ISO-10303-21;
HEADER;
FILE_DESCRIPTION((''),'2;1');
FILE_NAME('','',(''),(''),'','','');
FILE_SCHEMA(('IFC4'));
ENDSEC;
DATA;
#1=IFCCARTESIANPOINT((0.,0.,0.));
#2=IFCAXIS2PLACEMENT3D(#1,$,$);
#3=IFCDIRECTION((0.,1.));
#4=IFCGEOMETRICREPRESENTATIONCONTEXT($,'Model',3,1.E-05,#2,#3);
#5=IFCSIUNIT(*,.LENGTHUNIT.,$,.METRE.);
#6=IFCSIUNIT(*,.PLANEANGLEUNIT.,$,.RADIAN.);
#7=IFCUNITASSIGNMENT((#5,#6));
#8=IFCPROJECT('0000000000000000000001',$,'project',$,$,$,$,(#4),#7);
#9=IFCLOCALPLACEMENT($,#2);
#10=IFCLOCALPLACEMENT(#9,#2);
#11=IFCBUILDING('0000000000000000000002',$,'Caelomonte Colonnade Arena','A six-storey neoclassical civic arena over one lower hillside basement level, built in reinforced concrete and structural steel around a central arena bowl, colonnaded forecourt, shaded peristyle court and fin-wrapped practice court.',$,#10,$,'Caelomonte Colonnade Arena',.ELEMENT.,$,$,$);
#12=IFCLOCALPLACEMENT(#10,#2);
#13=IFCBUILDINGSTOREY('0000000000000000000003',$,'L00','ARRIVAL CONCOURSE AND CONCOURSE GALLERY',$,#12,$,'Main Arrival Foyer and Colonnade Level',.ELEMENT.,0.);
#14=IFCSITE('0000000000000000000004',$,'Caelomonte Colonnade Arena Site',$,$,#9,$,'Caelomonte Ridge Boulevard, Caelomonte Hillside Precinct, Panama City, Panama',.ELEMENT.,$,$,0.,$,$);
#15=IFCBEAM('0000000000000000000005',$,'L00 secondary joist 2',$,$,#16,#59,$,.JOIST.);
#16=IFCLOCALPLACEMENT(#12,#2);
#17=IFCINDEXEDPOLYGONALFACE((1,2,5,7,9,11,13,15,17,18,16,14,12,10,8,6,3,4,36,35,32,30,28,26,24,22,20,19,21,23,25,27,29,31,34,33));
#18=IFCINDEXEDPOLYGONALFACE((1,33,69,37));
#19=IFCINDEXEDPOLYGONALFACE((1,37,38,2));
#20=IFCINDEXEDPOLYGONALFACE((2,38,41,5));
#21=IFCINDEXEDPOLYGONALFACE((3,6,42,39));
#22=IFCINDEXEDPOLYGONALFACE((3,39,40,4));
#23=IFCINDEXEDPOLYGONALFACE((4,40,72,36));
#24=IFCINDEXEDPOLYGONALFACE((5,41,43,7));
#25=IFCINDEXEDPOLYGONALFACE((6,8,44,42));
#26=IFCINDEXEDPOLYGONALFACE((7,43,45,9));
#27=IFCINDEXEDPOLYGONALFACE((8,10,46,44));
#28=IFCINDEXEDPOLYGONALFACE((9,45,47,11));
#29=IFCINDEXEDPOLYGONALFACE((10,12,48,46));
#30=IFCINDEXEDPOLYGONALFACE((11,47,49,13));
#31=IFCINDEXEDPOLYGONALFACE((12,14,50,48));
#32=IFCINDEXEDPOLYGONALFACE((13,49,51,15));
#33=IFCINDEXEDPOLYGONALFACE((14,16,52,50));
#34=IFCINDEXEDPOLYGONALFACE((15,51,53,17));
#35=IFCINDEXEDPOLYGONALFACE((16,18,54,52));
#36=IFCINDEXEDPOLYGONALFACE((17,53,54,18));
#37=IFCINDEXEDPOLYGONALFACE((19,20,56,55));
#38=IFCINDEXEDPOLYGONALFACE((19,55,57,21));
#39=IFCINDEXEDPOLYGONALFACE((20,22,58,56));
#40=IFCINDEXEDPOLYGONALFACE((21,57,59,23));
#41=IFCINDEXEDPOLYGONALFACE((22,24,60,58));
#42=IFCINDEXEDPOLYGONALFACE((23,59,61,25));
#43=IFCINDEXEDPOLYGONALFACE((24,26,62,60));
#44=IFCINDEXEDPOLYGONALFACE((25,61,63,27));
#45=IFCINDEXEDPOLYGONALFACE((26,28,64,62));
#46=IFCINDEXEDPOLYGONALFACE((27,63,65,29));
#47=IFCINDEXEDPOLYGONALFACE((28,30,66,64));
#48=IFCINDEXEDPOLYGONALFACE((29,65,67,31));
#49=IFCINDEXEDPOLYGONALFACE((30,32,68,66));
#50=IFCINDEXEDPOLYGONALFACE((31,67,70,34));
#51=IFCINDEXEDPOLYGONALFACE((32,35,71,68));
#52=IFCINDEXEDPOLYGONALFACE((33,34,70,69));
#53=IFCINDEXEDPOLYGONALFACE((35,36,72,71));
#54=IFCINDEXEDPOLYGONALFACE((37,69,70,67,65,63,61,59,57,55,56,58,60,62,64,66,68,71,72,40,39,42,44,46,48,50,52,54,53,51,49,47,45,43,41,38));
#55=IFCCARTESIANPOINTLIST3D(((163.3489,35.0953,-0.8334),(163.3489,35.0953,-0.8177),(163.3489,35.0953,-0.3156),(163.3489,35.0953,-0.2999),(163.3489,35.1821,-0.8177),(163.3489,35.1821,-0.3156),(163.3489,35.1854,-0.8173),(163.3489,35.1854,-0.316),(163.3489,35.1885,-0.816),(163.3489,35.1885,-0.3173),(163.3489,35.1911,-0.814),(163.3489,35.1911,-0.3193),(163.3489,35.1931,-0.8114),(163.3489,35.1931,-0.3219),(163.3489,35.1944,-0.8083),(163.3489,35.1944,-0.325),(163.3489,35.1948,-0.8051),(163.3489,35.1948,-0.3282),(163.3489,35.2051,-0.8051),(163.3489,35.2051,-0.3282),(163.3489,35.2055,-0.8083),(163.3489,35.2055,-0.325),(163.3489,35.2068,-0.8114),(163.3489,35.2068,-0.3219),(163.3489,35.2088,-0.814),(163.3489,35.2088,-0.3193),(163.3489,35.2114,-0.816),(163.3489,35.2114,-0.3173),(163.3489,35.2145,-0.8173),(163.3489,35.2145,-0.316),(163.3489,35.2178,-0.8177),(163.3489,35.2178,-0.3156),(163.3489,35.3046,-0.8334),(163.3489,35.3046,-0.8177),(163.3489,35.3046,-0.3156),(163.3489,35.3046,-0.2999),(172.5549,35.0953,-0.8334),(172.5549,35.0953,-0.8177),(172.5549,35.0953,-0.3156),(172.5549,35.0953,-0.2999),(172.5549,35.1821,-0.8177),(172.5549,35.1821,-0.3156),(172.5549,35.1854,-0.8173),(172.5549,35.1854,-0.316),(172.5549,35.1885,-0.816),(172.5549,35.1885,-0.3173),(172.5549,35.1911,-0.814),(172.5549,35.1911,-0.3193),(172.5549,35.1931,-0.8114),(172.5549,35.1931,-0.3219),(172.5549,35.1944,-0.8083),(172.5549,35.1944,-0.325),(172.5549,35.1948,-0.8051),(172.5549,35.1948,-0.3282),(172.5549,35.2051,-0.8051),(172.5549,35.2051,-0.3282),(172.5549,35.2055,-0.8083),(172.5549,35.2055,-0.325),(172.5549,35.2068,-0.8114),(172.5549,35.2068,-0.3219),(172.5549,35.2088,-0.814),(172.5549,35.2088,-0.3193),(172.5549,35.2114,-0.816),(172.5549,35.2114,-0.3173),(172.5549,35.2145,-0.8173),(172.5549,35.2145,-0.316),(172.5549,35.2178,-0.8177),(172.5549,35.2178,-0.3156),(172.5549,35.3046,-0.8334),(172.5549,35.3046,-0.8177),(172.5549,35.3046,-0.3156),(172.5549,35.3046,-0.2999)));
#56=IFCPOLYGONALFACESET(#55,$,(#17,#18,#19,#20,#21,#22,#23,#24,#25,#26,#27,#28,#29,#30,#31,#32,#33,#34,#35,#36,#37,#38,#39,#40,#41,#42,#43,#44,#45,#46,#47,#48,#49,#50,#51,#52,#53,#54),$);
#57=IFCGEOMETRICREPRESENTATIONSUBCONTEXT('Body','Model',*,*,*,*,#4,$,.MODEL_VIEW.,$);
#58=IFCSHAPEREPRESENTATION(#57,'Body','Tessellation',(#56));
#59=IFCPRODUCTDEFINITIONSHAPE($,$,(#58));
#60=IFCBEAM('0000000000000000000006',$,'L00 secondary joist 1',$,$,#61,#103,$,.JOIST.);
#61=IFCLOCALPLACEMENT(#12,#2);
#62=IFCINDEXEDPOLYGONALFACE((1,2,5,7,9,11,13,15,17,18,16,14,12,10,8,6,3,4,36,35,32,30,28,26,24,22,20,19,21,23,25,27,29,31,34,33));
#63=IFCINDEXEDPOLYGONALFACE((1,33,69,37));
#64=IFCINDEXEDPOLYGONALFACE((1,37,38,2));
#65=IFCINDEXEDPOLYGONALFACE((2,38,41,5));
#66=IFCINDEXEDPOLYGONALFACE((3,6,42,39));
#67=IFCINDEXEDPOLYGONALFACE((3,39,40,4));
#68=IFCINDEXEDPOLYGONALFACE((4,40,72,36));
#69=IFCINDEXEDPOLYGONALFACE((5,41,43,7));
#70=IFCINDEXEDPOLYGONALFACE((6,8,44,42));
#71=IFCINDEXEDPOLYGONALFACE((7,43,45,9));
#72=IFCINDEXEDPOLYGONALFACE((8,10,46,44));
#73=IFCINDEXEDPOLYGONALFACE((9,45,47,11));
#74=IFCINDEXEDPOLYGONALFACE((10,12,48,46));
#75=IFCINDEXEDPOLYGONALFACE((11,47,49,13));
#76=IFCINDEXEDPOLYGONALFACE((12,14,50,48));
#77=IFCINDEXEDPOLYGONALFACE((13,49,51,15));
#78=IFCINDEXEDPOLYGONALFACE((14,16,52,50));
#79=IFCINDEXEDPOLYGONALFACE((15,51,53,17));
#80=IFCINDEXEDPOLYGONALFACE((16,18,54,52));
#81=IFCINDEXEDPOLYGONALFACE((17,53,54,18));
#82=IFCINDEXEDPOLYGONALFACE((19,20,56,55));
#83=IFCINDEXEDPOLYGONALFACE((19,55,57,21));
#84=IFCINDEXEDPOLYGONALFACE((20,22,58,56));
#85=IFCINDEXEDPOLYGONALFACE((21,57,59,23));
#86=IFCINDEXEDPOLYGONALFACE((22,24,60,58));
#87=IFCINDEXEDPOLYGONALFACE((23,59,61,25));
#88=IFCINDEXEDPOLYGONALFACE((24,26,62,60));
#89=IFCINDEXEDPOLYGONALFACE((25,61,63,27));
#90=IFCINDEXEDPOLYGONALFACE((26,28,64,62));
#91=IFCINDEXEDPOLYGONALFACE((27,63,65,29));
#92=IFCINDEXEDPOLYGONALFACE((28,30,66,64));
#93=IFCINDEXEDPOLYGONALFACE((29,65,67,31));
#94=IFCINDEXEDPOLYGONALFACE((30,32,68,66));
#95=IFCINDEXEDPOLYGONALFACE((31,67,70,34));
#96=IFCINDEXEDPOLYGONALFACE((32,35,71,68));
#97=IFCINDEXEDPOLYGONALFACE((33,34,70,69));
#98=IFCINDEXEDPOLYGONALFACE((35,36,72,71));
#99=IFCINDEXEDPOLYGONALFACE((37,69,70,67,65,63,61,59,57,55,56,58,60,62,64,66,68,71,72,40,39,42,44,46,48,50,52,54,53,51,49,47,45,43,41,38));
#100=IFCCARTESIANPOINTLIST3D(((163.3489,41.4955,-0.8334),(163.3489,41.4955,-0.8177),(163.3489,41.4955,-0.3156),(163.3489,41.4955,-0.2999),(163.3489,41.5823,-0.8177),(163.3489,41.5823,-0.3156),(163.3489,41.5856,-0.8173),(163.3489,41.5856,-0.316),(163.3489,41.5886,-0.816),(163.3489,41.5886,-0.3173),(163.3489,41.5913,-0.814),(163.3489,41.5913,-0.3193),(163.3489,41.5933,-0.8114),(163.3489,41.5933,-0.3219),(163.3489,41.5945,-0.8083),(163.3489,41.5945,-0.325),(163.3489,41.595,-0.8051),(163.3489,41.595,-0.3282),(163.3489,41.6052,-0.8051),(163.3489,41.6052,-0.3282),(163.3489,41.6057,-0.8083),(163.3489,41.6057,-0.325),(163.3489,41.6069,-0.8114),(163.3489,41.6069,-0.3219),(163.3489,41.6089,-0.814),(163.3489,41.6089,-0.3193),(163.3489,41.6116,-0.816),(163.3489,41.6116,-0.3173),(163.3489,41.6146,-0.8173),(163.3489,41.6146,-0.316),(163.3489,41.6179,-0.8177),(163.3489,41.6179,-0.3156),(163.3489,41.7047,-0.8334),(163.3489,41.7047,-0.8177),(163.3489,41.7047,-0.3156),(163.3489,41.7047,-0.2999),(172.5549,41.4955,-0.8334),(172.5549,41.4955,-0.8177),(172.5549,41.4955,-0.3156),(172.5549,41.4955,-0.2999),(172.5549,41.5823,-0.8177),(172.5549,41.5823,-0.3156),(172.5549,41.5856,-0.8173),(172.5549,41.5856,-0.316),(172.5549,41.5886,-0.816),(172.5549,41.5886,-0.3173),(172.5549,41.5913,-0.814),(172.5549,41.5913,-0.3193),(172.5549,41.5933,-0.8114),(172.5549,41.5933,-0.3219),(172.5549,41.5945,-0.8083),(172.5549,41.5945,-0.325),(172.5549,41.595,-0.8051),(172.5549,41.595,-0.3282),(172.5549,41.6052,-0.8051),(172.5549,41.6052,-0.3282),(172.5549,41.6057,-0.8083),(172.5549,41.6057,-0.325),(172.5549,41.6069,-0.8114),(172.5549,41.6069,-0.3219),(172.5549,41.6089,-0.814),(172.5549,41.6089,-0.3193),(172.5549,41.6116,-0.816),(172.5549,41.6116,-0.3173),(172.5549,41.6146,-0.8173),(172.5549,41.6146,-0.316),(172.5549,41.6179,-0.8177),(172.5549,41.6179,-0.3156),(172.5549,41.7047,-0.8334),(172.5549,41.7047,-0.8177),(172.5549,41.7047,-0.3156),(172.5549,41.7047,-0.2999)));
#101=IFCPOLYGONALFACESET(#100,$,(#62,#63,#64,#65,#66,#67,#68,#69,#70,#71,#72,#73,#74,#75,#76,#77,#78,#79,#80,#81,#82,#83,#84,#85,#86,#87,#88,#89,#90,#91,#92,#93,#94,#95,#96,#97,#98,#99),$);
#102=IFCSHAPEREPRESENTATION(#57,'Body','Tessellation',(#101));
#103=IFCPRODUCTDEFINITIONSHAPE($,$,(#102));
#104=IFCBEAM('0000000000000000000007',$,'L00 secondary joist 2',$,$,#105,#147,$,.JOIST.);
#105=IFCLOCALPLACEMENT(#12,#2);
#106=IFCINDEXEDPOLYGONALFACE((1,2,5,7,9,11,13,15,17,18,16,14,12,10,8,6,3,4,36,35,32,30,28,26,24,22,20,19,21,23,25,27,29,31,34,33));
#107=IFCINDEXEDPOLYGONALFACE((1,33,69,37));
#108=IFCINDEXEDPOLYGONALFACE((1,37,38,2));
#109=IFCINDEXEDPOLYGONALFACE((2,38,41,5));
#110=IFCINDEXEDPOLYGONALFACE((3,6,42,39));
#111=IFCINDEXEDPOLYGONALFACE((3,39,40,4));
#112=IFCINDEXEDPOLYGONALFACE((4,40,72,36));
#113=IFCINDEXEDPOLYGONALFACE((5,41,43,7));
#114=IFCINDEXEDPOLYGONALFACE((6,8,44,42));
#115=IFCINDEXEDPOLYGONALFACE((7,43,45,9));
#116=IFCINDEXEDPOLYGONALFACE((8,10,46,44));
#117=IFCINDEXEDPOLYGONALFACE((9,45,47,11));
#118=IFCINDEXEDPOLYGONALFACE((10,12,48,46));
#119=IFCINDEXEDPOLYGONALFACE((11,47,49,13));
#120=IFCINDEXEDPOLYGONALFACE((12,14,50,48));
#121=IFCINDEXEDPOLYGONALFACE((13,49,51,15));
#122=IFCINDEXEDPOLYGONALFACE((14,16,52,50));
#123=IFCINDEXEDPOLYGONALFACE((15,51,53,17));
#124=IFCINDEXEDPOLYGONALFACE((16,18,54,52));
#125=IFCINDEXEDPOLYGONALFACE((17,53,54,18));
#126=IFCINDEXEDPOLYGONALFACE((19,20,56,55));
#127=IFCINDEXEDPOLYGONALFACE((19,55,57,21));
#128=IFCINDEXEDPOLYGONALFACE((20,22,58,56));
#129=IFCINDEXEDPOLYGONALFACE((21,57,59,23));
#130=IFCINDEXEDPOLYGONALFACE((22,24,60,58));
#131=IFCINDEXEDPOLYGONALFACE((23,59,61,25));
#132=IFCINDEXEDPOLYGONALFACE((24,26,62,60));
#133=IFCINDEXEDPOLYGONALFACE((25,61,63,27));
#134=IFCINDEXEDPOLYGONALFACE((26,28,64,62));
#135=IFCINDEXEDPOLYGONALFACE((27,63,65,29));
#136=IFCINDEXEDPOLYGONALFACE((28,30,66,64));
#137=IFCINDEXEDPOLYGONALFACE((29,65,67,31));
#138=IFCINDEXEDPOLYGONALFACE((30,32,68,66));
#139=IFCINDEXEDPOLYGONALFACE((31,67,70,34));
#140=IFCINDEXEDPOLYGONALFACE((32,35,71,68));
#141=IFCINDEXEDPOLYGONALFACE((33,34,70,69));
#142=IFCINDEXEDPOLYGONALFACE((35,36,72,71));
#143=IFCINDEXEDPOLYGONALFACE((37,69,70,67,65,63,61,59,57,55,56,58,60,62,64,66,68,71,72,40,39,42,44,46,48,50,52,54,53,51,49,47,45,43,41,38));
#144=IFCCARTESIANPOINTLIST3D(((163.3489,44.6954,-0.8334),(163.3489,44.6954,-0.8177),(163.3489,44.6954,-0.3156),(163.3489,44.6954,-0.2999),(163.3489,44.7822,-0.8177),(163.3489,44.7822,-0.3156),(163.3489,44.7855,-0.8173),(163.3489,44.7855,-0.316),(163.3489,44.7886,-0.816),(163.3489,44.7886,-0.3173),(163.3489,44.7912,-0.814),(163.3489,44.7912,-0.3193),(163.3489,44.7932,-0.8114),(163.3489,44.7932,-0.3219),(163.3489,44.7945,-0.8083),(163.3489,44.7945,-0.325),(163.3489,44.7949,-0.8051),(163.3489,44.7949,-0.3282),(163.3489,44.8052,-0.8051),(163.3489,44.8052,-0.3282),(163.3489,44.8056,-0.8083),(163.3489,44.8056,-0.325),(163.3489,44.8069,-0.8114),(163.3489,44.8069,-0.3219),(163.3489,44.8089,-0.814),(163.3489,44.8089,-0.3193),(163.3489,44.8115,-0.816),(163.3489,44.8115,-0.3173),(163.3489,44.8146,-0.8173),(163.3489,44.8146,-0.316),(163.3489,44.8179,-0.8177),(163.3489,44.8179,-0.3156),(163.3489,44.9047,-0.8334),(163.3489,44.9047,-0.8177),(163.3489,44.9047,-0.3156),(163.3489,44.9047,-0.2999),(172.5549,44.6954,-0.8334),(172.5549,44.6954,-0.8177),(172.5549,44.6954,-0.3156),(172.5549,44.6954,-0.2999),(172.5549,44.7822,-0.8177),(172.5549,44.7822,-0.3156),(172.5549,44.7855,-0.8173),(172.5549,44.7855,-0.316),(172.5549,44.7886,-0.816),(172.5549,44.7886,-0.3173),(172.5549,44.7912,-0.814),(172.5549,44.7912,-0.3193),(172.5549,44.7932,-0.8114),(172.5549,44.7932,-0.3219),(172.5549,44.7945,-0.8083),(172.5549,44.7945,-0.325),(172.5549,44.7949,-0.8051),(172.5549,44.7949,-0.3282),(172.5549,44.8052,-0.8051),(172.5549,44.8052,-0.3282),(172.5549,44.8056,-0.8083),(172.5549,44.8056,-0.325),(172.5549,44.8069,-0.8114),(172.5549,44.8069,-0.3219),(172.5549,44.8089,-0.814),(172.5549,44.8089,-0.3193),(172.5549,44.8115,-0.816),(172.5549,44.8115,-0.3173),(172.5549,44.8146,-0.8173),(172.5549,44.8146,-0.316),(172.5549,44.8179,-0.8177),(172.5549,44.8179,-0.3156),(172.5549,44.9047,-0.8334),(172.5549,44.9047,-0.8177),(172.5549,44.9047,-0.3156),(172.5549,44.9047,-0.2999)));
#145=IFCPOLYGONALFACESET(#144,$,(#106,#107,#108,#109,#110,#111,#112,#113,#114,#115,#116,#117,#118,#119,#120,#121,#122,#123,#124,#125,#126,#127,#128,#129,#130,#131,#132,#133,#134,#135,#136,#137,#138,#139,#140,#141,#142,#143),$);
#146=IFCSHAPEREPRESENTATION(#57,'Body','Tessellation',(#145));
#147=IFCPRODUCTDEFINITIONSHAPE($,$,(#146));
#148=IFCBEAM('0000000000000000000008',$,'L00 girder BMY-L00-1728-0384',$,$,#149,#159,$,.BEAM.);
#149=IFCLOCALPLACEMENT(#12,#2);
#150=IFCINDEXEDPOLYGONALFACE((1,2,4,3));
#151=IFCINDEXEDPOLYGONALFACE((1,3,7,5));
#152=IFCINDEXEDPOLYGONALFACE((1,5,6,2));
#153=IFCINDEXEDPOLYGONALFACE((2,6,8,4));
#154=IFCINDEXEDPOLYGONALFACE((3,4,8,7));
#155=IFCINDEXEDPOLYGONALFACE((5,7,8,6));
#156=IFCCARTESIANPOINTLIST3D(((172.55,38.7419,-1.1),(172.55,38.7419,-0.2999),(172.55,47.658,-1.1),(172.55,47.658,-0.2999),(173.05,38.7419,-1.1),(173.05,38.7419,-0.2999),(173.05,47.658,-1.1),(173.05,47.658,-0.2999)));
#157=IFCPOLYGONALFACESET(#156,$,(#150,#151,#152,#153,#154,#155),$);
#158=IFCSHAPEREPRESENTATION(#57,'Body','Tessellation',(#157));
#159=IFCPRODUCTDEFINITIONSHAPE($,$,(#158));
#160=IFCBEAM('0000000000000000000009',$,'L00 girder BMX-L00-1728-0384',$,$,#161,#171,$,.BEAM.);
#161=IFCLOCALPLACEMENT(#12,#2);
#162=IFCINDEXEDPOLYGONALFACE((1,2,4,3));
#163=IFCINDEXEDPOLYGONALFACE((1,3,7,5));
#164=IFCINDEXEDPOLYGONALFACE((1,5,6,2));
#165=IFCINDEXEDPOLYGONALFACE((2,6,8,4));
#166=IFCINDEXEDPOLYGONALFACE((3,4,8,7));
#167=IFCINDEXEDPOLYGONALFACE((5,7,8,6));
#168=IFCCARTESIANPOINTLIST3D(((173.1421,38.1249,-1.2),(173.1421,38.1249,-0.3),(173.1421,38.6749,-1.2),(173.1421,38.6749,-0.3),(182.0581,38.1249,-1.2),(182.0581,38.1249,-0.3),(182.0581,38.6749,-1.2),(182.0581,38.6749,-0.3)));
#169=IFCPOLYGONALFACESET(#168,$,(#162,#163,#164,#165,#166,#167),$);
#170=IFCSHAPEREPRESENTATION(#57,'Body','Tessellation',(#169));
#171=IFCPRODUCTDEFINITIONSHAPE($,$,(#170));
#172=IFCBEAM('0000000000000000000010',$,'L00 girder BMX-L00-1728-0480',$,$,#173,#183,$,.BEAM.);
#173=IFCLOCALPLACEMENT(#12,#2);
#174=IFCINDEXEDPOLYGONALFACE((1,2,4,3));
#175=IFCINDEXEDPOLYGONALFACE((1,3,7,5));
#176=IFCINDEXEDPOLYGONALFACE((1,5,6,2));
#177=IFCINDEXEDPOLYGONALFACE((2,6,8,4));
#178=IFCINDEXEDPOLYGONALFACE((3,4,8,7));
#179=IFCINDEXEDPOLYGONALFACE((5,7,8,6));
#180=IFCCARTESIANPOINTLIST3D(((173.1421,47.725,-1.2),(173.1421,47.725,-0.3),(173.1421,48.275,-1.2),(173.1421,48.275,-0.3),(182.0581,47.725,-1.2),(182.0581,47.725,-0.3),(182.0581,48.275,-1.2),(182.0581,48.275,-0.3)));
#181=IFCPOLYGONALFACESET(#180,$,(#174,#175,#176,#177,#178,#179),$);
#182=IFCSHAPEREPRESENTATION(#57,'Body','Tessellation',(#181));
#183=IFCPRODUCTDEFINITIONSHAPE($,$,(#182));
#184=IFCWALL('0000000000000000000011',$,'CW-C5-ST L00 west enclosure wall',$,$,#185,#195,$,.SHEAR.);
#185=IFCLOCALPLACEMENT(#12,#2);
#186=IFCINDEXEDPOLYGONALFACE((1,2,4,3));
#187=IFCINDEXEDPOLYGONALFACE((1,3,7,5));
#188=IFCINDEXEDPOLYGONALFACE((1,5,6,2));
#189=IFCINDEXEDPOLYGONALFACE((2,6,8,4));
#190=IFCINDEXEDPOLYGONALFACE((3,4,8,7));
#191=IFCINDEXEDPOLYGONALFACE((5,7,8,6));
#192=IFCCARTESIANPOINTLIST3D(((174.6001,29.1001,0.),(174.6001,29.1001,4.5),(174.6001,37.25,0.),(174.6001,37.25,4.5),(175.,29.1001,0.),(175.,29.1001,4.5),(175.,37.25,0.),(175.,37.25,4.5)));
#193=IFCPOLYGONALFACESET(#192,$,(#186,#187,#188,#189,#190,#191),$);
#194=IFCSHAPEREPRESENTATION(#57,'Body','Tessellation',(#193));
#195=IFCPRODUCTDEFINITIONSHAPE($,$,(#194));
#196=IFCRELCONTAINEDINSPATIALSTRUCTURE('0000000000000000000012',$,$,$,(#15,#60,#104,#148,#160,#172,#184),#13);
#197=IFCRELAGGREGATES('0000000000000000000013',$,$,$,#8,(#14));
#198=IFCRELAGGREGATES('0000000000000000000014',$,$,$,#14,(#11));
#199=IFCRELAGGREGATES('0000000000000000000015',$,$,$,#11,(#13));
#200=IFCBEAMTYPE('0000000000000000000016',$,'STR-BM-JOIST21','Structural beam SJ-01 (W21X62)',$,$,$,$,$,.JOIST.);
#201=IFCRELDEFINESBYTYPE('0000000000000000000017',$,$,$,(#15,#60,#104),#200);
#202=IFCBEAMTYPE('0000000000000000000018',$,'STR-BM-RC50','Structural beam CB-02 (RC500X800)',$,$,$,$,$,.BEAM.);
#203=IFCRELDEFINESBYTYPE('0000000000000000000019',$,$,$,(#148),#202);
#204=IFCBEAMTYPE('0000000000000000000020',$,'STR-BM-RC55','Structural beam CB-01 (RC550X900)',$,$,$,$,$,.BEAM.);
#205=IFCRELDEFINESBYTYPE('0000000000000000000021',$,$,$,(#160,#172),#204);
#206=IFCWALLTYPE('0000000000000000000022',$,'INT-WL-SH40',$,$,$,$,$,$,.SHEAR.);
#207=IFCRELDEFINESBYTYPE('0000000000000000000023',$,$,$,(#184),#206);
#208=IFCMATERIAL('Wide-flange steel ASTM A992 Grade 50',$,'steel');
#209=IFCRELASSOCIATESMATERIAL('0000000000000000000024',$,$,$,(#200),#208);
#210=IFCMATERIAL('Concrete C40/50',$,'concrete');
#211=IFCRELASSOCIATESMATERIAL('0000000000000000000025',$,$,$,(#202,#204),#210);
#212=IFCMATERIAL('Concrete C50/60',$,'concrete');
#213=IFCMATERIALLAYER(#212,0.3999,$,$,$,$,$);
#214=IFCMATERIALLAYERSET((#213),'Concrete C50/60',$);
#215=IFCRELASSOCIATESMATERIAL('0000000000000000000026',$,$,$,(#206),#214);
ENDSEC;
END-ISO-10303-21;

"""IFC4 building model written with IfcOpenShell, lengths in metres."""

from ifc_helpers import new_model, si_unit, direction, frame, frame_2d, origin, origin_2d, place, context, subcontext, project, spatial, rectangle, i_section, extrude, material, layer, layer_set, material_profile, profile_set, type_object, element, save


model = new_model("IFC4")

# Units and contexts
model_context = context("Model", 3, precision=1e-05, world=origin(), true_north=direction((0.0, 1.0)))
body_context = subcontext(model_context, "Body", "Model", "MODEL_VIEW")
ifc_project = project(units=[si_unit("LENGTHUNIT", "METRE"), si_unit("PLANEANGLEUNIT", "RADIAN")], contexts=[model_context])

# Site, building, storey
site_placement = place(None, origin())
site = spatial("IfcSite", under=ifc_project, at=site_placement, Name="Caelomonte Colonnade Arena Site", LongName="Caelomonte Ridge Boulevard, Caelomonte Hillside Precinct, Panama City, Panama", CompositionType="ELEMENT", RefElevation=0.0)
building_placement = place(site_placement, origin())
building = spatial("IfcBuilding", under=site, at=building_placement, Name="Caelomonte Colonnade Arena", Description="A six-storey neoclassical civic arena over one lower hillside basement level, built in reinforced concrete and structural steel around a central arena bowl, colonnaded forecourt, shaded peristyle court and fin-wrapped practice court.", LongName="Caelomonte Colonnade Arena", CompositionType="ELEMENT")
storey_placement = place(building_placement, origin())
storey = spatial("IfcBuildingStorey", under=building, at=storey_placement, Name="L00", Description="ARRIVAL CONCOURSE AND CONCOURSE GALLERY", LongName="Main Arrival Foyer and Colonnade Level", CompositionType="ELEMENT", Elevation=0.0)

# Shared definitions
ifc_material_1 = material(Name="Concrete C40/50", Category="concrete")
ifc_material_2 = material(Name="Wide-flange steel ASTM A992 Grade 50", Category="steel")

# Beams
ifc_material_profile_1 = material_profile(ifc_material_2, i_section(OverallWidth=0.2092, OverallDepth=0.5334, WebThickness=0.0103, FlangeThickness=0.0156, FilletRadius=0.0127, at=origin_2d()), Name="W21X62")
ifc_profile_set_1 = profile_set([ifc_material_profile_1], Name="Wide-flange steel ASTM A992 Grade 50")
beam_type_1 = type_object("IfcBeamType", Name="STR-BM-JOIST21", Description="Structural beam SJ-01 (W21X62)", PredefinedType="JOIST", material=ifc_profile_set_1)
for number, where, z_axis, x_axis, name in (
    (1, (163.3489, 35.2, -0.5667), (1.0, 0.0, 0.0), (0.0, 1.0, 0.0), "L00 secondary joist 2"),
    (2, (163.3489, 41.6001, -0.5667), (1.0, 0.0, 0.0), (0.0, 1.0, 0.0), "L00 secondary joist 1"),
    (3, (163.3489, 44.8, -0.5667), (1.0, 0.0, 0.0), (0.0, 1.0, 0.0), "L00 secondary joist 2"),
):
    element("IfcBeam", number, at=place(storey_placement, frame(where, z_axis=z_axis, x_axis=x_axis)), inside=storey, type_object=beam_type_1, Name=name, PredefinedType="JOIST", context=body_context, shape_type="SweptSolid", body=[
        extrude(i_section(OverallWidth=0.2092, OverallDepth=0.5334, WebThickness=0.0103, FlangeThickness=0.0156, FilletRadius=0.0127, at=origin_2d()), origin(), (0.0, 0.0, 1.0), 9.2061),
    ])
ifc_material_profile_2 = material_profile(ifc_material_1, rectangle(XDim=0.5, YDim=0.8, at=origin_2d()), Name="RC500X800")
ifc_profile_set_2 = profile_set([ifc_material_profile_2], Name="Concrete C40/50")
beam_type_2 = type_object("IfcBeamType", Name="STR-BM-RC50", Description="Structural beam CB-02 (RC500X800)", PredefinedType="BEAM", material=ifc_profile_set_2)
beam_placement = place(storey_placement, frame((172.8, 38.7419, -0.7), z_axis=(0.0, 1.0, 0.0), x_axis=(-1.0, 0.0, 0.0)))
element("IfcBeam", 4, at=beam_placement, inside=storey, type_object=beam_type_2, Name="L00 girder BMY-L00-1728-0384", PredefinedType="BEAM", context=body_context, shape_type="SweptSolid", body=[
    extrude(rectangle(XDim=0.5, YDim=0.8, at=origin_2d()), origin(), (0.0, 0.0, 1.0), 8.916),
])
ifc_material_profile_3 = material_profile(ifc_material_1, rectangle(XDim=0.55, YDim=0.8999, at=origin_2d()), Name="RC550X900")
ifc_profile_set_3 = profile_set([ifc_material_profile_3], Name="Concrete C40/50")
beam_type_3 = type_object("IfcBeamType", Name="STR-BM-RC55", Description="Structural beam CB-01 (RC550X900)", PredefinedType="BEAM", material=ifc_profile_set_3)
for number, where, z_axis, x_axis, name in (
    (5, (173.1421, 38.3999, -0.75), (1.0, 0.0, 0.0), (0.0, 1.0, 0.0), "L00 girder BMX-L00-1728-0384"),
    (6, (173.1421, 48.0, -0.75), (1.0, 0.0, 0.0), (0.0, 1.0, 0.0), "L00 girder BMX-L00-1728-0480"),
):
    element("IfcBeam", number, at=place(storey_placement, frame(where, z_axis=z_axis, x_axis=x_axis)), inside=storey, type_object=beam_type_3, Name=name, PredefinedType="BEAM", context=body_context, shape_type="SweptSolid", body=[
        extrude(rectangle(XDim=0.55, YDim=0.8999, at=origin_2d()), origin(), (0.0, 0.0, 1.0), 8.916),
    ])

# Wall
ifc_material_3 = material(Name="Concrete C50/60", Category="concrete")
ifc_layer_1 = layer(ifc_material_3, 0.3999)
ifc_layer_set_1 = layer_set([ifc_layer_1], Name="Concrete C50/60")
wall_type_1 = type_object("IfcWallType", Name="INT-WL-SH40", PredefinedType="SHEAR", material=ifc_layer_set_1)
wall_1_placement = place(storey_placement, frame((174.8, 37.25, 0.0), z_axis=(0.0, 0.0, 1.0), x_axis=(0.0, -1.0, 0.0)))
element("IfcWall", 7, at=wall_1_placement, inside=storey, type_object=wall_type_1, Name="CW-C5-ST L00 west enclosure wall", PredefinedType="SHEAR", context=body_context, shape_type="SweptSolid", body=[
    extrude(rectangle(XDim=8.1499, YDim=0.3999, at=frame_2d((4.075, 0.0))), origin(), (0.0, 0.0, 1.0), 4.5),
])

save(model, "model.ifc")
